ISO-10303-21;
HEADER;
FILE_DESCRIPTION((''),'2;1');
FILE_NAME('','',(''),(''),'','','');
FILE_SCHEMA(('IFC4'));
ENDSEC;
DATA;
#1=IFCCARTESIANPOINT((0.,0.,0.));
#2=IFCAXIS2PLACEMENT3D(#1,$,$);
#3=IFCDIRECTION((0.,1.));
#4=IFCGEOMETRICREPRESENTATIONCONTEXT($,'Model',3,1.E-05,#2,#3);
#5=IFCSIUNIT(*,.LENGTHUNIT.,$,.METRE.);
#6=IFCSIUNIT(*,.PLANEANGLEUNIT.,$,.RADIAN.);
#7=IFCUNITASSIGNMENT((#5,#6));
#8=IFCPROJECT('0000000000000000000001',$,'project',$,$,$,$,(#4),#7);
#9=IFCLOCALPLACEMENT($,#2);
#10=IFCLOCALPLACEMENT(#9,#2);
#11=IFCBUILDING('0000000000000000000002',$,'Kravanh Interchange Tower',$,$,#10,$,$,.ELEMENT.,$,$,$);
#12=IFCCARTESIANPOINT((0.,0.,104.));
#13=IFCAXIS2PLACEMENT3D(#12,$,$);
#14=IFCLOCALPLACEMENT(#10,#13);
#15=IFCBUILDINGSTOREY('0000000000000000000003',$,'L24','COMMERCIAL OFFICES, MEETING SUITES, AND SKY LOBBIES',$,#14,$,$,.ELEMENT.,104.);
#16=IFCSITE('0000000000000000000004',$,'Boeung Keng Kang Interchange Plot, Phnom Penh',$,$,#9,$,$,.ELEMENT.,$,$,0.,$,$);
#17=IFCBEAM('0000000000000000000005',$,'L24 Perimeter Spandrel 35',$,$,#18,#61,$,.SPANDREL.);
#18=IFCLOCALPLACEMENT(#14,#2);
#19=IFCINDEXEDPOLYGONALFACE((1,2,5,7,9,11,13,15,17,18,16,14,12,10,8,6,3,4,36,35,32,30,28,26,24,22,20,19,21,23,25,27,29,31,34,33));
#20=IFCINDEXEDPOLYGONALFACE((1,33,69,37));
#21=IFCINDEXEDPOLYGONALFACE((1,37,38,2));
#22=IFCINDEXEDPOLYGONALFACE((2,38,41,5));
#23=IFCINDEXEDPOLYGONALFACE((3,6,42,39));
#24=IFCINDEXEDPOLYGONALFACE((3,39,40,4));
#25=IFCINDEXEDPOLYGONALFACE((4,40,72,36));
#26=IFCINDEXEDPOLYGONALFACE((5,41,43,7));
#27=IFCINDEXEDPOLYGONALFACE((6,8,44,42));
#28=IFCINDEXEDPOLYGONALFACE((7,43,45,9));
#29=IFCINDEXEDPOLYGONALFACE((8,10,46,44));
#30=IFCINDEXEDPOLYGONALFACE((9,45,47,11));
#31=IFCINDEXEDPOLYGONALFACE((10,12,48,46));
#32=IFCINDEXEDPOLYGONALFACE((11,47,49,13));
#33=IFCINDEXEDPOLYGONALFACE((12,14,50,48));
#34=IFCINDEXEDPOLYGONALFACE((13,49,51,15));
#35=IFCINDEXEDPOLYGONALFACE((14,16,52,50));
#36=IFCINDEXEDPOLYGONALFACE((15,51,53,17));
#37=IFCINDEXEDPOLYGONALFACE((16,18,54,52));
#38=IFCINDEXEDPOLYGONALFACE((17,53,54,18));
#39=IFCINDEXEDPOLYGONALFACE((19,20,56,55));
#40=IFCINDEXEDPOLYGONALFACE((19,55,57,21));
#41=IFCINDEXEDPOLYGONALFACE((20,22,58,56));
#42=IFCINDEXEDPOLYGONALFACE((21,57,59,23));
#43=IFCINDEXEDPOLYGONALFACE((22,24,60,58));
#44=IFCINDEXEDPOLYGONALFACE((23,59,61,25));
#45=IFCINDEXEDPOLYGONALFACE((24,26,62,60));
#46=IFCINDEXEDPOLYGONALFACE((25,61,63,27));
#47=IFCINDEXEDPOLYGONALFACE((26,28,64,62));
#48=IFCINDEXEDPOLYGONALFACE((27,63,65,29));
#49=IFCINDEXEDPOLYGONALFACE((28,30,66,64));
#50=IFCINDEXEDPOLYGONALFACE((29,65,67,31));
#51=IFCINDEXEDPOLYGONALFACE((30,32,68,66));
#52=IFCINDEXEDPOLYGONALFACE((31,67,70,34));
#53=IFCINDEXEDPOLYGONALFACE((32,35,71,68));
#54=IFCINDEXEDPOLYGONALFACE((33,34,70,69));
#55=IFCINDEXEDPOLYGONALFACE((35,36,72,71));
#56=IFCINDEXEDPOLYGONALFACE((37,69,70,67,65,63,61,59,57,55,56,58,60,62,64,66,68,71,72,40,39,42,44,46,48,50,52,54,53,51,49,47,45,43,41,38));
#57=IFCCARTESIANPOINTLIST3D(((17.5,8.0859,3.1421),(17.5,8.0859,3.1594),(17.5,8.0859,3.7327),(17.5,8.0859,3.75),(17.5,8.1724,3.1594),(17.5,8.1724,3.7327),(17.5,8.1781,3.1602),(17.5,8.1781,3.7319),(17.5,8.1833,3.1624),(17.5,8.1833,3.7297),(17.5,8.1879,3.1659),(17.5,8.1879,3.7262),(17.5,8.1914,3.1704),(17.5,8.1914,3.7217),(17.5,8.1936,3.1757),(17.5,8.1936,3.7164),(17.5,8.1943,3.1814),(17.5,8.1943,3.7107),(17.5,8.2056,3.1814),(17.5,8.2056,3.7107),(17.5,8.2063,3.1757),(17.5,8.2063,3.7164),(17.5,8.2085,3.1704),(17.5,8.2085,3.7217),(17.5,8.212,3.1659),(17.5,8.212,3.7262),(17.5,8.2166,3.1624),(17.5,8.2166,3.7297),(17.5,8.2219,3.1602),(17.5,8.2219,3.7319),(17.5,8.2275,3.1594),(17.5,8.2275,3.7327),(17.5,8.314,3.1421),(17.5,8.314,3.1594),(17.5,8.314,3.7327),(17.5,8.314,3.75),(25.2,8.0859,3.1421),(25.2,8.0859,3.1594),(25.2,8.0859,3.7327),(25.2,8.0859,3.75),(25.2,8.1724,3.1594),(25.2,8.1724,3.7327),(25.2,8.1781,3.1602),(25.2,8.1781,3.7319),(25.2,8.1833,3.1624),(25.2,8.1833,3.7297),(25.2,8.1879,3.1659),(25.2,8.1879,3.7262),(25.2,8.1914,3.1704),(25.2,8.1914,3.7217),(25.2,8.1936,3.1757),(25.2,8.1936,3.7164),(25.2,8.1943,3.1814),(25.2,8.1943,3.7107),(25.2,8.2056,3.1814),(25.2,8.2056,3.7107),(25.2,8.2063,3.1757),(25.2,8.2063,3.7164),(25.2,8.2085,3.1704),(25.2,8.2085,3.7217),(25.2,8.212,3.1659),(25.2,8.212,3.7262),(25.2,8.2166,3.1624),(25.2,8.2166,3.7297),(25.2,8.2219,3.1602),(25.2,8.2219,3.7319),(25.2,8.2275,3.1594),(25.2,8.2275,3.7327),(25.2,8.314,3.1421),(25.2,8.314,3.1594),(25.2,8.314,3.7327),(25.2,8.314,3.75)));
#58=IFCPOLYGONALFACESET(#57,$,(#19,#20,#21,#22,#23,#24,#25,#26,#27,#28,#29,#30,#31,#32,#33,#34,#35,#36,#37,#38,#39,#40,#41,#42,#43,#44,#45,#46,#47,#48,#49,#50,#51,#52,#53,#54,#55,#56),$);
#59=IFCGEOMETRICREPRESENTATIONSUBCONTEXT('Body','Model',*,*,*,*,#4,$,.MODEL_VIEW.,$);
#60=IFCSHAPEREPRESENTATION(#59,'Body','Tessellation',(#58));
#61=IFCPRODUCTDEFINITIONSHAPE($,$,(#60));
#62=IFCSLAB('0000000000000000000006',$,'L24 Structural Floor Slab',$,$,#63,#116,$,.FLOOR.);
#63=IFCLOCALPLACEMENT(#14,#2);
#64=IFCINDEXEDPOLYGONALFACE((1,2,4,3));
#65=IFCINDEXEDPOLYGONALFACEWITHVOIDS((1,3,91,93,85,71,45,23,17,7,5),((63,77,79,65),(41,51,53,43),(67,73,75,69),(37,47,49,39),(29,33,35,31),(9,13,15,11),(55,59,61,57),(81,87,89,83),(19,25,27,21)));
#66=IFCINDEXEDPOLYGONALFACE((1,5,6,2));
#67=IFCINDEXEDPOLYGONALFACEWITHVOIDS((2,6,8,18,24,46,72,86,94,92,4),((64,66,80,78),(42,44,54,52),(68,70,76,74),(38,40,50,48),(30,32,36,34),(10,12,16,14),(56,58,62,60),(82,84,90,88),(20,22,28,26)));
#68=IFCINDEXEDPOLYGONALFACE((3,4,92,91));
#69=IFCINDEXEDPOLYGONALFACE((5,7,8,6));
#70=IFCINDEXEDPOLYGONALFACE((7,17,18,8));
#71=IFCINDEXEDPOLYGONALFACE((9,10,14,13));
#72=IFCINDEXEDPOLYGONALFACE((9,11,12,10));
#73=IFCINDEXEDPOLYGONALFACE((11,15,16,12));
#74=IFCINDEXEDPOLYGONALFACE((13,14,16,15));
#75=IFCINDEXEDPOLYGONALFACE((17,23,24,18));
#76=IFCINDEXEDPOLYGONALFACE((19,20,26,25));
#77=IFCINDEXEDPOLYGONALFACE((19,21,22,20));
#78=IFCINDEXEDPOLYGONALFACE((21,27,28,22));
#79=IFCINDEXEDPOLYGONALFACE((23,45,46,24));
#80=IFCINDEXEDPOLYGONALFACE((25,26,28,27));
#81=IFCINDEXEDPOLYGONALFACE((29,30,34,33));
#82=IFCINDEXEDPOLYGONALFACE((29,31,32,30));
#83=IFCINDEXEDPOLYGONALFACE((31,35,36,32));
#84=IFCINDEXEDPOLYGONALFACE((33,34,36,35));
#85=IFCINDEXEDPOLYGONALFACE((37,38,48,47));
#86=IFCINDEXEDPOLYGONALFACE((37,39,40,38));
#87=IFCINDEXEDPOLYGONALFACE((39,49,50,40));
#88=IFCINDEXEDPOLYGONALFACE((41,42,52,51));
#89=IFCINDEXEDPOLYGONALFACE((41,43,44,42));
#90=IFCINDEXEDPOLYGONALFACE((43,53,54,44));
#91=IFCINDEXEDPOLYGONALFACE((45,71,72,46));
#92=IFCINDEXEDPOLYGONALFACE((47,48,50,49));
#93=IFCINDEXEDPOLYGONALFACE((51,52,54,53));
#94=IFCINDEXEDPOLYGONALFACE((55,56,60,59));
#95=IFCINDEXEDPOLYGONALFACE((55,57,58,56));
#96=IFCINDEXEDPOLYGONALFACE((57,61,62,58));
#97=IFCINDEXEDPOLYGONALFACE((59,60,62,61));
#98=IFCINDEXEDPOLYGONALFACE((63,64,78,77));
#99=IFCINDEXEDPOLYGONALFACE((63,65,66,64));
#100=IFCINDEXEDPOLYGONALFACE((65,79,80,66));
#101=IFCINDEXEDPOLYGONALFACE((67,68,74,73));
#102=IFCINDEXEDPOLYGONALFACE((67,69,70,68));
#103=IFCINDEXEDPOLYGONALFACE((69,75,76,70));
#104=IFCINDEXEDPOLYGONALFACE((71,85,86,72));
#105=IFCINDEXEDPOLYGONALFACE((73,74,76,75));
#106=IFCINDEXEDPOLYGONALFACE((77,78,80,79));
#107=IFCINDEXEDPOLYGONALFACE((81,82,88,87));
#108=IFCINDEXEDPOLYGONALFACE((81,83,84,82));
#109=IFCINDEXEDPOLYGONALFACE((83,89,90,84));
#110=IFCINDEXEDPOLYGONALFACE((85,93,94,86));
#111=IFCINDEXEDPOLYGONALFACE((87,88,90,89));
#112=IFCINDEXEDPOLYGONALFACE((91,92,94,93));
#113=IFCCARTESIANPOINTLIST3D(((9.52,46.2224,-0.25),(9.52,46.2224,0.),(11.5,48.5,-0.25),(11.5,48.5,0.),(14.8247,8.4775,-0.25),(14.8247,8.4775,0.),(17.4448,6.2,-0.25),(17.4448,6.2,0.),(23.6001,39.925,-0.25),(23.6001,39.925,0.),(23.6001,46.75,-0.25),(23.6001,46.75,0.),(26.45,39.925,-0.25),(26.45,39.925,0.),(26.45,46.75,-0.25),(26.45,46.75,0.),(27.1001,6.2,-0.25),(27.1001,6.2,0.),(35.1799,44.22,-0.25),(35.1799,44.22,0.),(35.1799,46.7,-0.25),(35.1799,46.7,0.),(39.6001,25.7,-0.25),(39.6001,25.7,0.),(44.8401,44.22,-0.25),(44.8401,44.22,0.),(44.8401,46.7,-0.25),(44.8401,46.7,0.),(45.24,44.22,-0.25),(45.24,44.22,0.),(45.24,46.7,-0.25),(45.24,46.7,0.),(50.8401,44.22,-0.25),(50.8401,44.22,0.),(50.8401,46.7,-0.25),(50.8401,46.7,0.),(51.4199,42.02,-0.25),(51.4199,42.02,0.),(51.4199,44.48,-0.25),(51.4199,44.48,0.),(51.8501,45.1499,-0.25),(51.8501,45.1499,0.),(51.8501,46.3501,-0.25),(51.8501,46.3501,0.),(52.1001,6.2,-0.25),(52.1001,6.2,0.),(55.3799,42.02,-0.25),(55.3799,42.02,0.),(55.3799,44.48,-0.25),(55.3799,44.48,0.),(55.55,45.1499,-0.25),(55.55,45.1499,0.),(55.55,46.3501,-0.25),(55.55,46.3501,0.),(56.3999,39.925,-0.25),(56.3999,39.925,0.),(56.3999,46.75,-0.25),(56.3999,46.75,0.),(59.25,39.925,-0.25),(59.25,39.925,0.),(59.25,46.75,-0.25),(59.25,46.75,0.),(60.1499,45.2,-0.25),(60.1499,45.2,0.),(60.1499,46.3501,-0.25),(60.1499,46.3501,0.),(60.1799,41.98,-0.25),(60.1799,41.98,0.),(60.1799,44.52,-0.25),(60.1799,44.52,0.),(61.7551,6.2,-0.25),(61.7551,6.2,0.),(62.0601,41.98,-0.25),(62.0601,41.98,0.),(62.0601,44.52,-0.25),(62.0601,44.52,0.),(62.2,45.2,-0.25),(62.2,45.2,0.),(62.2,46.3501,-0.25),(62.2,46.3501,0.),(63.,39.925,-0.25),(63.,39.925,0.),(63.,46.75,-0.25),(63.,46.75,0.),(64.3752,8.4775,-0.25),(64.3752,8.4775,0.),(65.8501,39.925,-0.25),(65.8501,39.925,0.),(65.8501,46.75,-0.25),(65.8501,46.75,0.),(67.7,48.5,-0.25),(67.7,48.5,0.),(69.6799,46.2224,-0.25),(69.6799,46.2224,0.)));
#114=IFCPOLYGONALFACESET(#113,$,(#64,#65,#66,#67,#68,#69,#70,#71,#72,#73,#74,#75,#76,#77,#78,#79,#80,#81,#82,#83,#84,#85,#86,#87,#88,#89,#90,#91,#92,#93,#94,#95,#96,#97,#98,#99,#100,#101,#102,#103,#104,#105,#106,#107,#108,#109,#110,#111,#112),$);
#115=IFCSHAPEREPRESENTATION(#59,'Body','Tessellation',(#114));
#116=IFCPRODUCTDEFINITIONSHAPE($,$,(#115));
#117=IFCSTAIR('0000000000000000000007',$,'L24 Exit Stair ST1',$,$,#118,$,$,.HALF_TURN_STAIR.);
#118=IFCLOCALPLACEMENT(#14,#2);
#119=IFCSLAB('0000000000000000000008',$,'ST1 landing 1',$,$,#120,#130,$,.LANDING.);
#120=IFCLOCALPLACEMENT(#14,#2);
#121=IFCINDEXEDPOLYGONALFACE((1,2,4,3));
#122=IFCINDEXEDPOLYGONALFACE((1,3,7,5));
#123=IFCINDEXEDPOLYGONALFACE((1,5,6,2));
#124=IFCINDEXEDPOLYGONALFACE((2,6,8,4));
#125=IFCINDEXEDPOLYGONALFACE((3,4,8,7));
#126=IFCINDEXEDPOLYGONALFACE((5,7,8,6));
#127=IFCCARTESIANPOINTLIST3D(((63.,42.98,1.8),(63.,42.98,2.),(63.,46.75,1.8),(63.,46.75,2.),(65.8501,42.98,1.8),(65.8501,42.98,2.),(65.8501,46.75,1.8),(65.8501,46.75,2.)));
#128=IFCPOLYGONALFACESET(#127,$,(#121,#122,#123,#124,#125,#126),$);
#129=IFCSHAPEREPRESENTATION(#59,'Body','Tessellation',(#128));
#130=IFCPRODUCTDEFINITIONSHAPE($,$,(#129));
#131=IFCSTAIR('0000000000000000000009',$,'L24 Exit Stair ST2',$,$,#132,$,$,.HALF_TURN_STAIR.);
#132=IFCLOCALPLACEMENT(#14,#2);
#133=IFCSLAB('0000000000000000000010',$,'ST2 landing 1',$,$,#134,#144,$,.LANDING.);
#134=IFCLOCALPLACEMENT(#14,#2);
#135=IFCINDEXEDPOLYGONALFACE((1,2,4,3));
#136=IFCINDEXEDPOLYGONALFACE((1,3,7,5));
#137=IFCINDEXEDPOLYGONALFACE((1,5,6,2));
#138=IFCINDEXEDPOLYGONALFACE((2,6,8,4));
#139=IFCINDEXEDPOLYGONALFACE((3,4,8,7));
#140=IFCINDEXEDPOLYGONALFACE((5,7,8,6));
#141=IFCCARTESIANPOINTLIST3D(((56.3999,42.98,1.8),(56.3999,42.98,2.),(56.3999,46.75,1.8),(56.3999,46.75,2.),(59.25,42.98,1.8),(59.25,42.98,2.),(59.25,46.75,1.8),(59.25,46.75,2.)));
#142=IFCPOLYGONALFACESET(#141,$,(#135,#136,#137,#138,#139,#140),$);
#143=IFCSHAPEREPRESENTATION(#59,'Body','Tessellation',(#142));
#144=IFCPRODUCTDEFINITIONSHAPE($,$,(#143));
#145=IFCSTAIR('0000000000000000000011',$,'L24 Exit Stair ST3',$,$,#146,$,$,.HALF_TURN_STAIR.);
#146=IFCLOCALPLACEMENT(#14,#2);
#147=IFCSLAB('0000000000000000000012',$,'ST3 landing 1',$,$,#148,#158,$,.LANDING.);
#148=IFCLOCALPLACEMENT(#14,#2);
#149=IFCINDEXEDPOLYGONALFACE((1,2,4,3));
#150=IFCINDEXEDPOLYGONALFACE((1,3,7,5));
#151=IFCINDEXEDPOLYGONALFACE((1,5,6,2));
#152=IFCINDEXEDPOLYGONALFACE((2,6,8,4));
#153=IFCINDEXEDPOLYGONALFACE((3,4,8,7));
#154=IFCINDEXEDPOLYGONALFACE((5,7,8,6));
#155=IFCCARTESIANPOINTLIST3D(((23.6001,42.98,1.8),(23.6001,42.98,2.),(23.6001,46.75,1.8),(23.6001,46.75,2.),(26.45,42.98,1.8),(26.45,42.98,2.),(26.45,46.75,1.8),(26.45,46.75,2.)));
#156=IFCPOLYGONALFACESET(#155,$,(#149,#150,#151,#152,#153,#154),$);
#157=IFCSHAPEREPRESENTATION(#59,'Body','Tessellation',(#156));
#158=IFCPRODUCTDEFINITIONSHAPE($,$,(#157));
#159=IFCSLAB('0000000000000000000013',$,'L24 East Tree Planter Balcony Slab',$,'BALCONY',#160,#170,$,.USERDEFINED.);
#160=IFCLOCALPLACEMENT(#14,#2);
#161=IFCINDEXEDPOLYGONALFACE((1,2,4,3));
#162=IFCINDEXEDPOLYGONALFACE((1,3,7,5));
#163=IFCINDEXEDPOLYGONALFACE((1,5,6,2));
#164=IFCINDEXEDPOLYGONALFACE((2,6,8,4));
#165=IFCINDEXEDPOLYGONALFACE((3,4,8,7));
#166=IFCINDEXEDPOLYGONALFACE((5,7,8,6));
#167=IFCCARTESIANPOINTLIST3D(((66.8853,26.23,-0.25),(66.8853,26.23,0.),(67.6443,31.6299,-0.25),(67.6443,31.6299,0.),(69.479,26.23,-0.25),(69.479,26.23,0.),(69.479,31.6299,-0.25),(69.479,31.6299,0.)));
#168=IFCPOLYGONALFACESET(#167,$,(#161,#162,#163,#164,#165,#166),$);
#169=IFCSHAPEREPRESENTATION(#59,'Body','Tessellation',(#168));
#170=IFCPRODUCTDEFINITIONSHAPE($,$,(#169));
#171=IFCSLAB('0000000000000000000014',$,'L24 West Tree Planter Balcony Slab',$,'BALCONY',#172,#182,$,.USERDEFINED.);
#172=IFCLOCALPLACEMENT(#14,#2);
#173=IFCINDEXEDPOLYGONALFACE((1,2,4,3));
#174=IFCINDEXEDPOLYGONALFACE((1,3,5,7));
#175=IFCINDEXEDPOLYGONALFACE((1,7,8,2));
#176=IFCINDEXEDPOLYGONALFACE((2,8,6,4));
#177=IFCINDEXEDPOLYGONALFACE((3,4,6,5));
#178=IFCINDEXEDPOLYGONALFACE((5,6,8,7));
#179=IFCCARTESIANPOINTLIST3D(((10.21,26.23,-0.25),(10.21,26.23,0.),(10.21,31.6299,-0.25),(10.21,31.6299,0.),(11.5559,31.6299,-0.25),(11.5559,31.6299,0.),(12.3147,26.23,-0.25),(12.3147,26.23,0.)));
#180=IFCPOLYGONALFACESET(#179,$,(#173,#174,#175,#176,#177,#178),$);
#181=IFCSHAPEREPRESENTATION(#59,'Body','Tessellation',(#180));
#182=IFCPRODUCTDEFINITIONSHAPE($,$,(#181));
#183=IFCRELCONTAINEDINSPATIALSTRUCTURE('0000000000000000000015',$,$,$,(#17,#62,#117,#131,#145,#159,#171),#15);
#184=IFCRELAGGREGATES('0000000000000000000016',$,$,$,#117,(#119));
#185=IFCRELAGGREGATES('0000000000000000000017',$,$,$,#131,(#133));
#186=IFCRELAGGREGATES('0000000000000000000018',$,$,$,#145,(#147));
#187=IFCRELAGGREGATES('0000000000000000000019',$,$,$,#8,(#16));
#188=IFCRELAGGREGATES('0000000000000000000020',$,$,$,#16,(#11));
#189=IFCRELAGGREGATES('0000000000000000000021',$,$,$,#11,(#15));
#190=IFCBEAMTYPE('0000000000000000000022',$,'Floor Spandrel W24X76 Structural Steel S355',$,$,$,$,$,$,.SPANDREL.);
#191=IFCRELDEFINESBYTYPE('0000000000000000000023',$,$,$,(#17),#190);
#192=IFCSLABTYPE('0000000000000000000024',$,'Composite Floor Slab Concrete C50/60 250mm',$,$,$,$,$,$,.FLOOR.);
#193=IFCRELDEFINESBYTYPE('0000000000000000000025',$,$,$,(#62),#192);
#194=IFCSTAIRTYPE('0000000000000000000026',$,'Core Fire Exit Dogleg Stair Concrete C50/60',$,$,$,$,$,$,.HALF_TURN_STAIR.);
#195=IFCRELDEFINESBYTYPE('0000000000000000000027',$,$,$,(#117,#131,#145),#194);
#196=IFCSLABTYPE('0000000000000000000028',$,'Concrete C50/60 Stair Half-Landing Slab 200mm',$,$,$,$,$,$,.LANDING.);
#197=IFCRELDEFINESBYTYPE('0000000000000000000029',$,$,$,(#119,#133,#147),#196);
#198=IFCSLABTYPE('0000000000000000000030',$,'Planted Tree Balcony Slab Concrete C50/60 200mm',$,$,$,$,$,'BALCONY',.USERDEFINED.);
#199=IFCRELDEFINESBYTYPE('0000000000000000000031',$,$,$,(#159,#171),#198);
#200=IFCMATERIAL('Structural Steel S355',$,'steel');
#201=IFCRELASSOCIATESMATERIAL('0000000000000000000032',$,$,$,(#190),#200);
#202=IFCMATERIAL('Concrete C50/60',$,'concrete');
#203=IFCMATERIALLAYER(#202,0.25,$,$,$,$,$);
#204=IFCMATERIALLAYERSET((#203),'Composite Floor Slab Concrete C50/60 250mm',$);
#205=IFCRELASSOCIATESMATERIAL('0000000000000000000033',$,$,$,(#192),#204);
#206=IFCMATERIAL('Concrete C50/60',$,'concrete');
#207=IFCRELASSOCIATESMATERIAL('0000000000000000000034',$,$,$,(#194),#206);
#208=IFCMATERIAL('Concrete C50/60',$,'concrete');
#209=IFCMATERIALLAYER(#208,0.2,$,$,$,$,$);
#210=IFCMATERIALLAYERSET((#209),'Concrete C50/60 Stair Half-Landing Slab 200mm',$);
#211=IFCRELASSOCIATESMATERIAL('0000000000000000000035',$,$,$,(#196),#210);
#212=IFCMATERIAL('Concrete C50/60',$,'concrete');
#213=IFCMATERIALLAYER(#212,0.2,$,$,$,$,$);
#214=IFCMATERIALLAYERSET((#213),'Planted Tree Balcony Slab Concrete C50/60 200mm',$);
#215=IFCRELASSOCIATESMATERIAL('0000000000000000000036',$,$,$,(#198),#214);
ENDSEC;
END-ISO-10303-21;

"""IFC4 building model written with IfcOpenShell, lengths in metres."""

from ifc_helpers import new_model, si_unit, direction, frame, origin, origin_2d, place, context, subcontext, project, spatial, polyline, i_section, outline, extrude, material, layer, layer_set, material_profile, profile_set, type_object, element, aggregate, save


model = new_model("IFC4")

# Units and contexts
model_context = context("Model", 3, precision=1e-05, world=origin(), true_north=direction((0.0, 1.0)))
body_context = subcontext(model_context, "Body", "Model", "MODEL_VIEW")
ifc_project = project(units=[si_unit("LENGTHUNIT", "METRE"), si_unit("PLANEANGLEUNIT", "RADIAN")], contexts=[model_context])

# Site, building, storey
site_placement = place(None, origin())
site = spatial("IfcSite", under=ifc_project, at=site_placement, Name="Boeung Keng Kang Interchange Plot, Phnom Penh", CompositionType="ELEMENT", RefElevation=0.0)
building_placement = place(site_placement, origin())
building = spatial("IfcBuilding", under=site, at=building_placement, Name="Kravanh Interchange Tower", CompositionType="ELEMENT")
storey_placement = place(building_placement, frame((0.0, 0.0, 104.0)))
storey = spatial("IfcBuildingStorey", under=building, at=storey_placement, Name="L24", Description="COMMERCIAL OFFICES, MEETING SUITES, AND SKY LOBBIES", CompositionType="ELEMENT", Elevation=104.0)

# Beam
ifc_material_1 = material(Name="Structural Steel S355", Category="steel")
ifc_material_profile_1 = material_profile(ifc_material_1, i_section(OverallWidth=0.228, OverallDepth=0.6079, WebThickness=0.0112, FlangeThickness=0.0173, FilletRadius=0.022, at=origin_2d()), Name="W24X76")
ifc_profile_set_1 = profile_set([ifc_material_profile_1], Name="Structural Steel S355")
beam_type = type_object("IfcBeamType", Name="Floor Spandrel W24X76 Structural Steel S355", PredefinedType="SPANDREL", material=ifc_profile_set_1)
beam_1_placement = place(storey_placement, frame((17.5, 8.2, 3.446), z_axis=(1.0, 0.0, 0.0), x_axis=(0.0, 1.0, 0.0)))
element("IfcBeam", 1, at=beam_1_placement, inside=storey, type_object=beam_type, Name="L24 Perimeter Spandrel 35", PredefinedType="SPANDREL", context=body_context, shape_type="SweptSolid", body=[
    extrude(i_section(OverallWidth=0.228, OverallDepth=0.6079, WebThickness=0.0112, FlangeThickness=0.0173, FilletRadius=0.022, at=origin_2d()), origin(), (0.0, 0.0, 1.0), 7.7),
])

# Slab
ifc_material_2 = material(Name="Concrete C50/60", Category="concrete")
ifc_layer_1 = layer(ifc_material_2, 0.25)
ifc_layer_set_1 = layer_set([ifc_layer_1], Name="Composite Floor Slab Concrete C50/60 250mm")
slab_type_1 = type_object("IfcSlabType", Name="Composite Floor Slab Concrete C50/60 250mm", PredefinedType="FLOOR", material=ifc_layer_set_1)
slab_1_placement = place(storey_placement, frame((0.0, 0.0, -0.25)))
element("IfcSlab", 2, at=slab_1_placement, inside=storey, type_object=slab_type_1, Name="L24 Structural Floor Slab", PredefinedType="FLOOR", context=body_context, shape_type="SweptSolid", body=[
    extrude(outline(polyline([(14.8247, 8.4775), (17.4448, 6.2), (27.1001, 6.2), (39.6001, 25.7), (52.1001, 6.2), (61.7551, 6.2), (64.3752, 8.4775), (69.6799, 46.2224), (67.7, 48.5), (11.5, 48.5), (9.52, 46.2224), (14.8247, 8.4775)]), holes=[polyline([(65.8501, 39.925), (65.8501, 46.75), (63.0, 46.75), (63.0, 39.925), (65.8501, 39.925)]), polyline([(59.25, 39.925), (59.25, 46.75), (56.3999, 46.75), (56.3999, 39.925), (59.25, 39.925)]), polyline([(26.45, 39.925), (26.45, 46.75), (23.6001, 46.75), (23.6001, 39.925), (26.45, 39.925)]), polyline([(35.1799, 44.22), (44.8401, 44.22), (44.8401, 46.7), (35.1799, 46.7), (35.1799, 44.22)]), polyline([(45.24, 44.22), (50.8401, 44.22), (50.8401, 46.7), (45.24, 46.7), (45.24, 44.22)]), polyline([(51.4199, 42.02), (55.3799, 42.02), (55.3799, 44.48), (51.4199, 44.48), (51.4199, 42.02)]), polyline([(60.1799, 41.98), (62.0601, 41.98), (62.0601, 44.52), (60.1799, 44.52), (60.1799, 41.98)]), polyline([(60.1499, 45.2), (62.2, 45.2), (62.2, 46.3501), (60.1499, 46.3501), (60.1499, 45.2)]), polyline([(51.8501, 45.1499), (55.55, 45.1499), (55.55, 46.3501), (51.8501, 46.3501), (51.8501, 45.1499)])]), origin(), (0.0, 0.0, 1.0), 0.25),
])

# Stairs, slabs
ifc_material_3 = material(Name="Concrete C50/60", Category="concrete")
stair_type = type_object("IfcStairType", Name="Core Fire Exit Dogleg Stair Concrete C50/60", PredefinedType="HALF_TURN_STAIR", material=ifc_material_3)
stair_1_placement = place(storey_placement, origin())
stair_1 = element("IfcStair", 3, at=stair_1_placement, inside=storey, type_object=stair_type, Name="L24 Exit Stair ST1", PredefinedType="HALF_TURN_STAIR")
ifc_material_4 = material(Name="Concrete C50/60", Category="concrete")
ifc_layer_2 = layer(ifc_material_4, 0.2)
ifc_layer_set_2 = layer_set([ifc_layer_2], Name="Concrete C50/60 Stair Half-Landing Slab 200mm")
slab_type_2 = type_object("IfcSlabType", Name="Concrete C50/60 Stair Half-Landing Slab 200mm", PredefinedType="LANDING", material=ifc_layer_set_2)
slab_2_placement = place(storey_placement, frame((0.0, 0.0, 1.8)))
slab_2 = element("IfcSlab", 4, at=slab_2_placement, type_object=slab_type_2, Name="ST1 landing 1", PredefinedType="LANDING", context=body_context, shape_type="SweptSolid", body=[
    extrude(outline(polyline([(65.8501, 42.98), (65.8501, 46.75), (63.0, 46.75), (63.0, 42.98), (65.8501, 42.98)])), origin(), (0.0, 0.0, 1.0), 0.2),
])
aggregate(stair_1, [slab_2])
stair_2_placement = place(storey_placement, origin())
stair_2 = element("IfcStair", 5, at=stair_2_placement, inside=storey, type_object=stair_type, Name="L24 Exit Stair ST2", PredefinedType="HALF_TURN_STAIR")
slab_3_placement = place(storey_placement, frame((0.0, 0.0, 1.8)))
slab_3 = element("IfcSlab", 6, at=slab_3_placement, type_object=slab_type_2, Name="ST2 landing 1", PredefinedType="LANDING", context=body_context, shape_type="SweptSolid", body=[
    extrude(outline(polyline([(59.25, 42.98), (59.25, 46.75), (56.3999, 46.75), (56.3999, 42.98), (59.25, 42.98)])), origin(), (0.0, 0.0, 1.0), 0.2),
])
aggregate(stair_2, [slab_3])
stair_3_placement = place(storey_placement, origin())
stair_3 = element("IfcStair", 7, at=stair_3_placement, inside=storey, type_object=stair_type, Name="L24 Exit Stair ST3", PredefinedType="HALF_TURN_STAIR")
slab_4_placement = place(storey_placement, frame((0.0, 0.0, 1.8)))
slab_4 = element("IfcSlab", 8, at=slab_4_placement, type_object=slab_type_2, Name="ST3 landing 1", PredefinedType="LANDING", context=body_context, shape_type="SweptSolid", body=[
    extrude(outline(polyline([(26.45, 42.98), (26.45, 46.75), (23.6001, 46.75), (23.6001, 42.98), (26.45, 42.98)])), origin(), (0.0, 0.0, 1.0), 0.2),
])
aggregate(stair_3, [slab_4])

# Slabs
ifc_material_5 = material(Name="Concrete C50/60", Category="concrete")
ifc_layer_3 = layer(ifc_material_5, 0.2)
ifc_layer_set_3 = layer_set([ifc_layer_3], Name="Planted Tree Balcony Slab Concrete C50/60 200mm")
slab_type_3 = type_object("IfcSlabType", Name="Planted Tree Balcony Slab Concrete C50/60 200mm", ElementType="BALCONY", PredefinedType="USERDEFINED", material=ifc_layer_set_3)
slab_5_placement = place(storey_placement, frame((0.0, 0.0, -0.25)))
element("IfcSlab", 9, at=slab_5_placement, inside=storey, type_object=slab_type_3, Name="L24 East Tree Planter Balcony Slab", ObjectType="BALCONY", PredefinedType="USERDEFINED", context=body_context, shape_type="SweptSolid", body=[
    extrude(outline(polyline([(69.479, 31.6299), (69.479, 26.23), (66.8853, 26.23), (67.6443, 31.6299), (69.479, 31.6299)])), origin(), (0.0, 0.0, 1.0), 0.25),
])
slab_6_placement = place(storey_placement, frame((0.0, 0.0, -0.25)))
element("IfcSlab", 10, at=slab_6_placement, inside=storey, type_object=slab_type_3, Name="L24 West Tree Planter Balcony Slab", ObjectType="BALCONY", PredefinedType="USERDEFINED", context=body_context, shape_type="SweptSolid", body=[
    extrude(outline(polyline([(10.21, 26.23), (10.21, 31.6299), (11.5559, 31.6299), (12.3147, 26.23), (10.21, 26.23)])), origin(), (0.0, 0.0, 1.0), 0.25),
])

save(model, "model.ifc")
